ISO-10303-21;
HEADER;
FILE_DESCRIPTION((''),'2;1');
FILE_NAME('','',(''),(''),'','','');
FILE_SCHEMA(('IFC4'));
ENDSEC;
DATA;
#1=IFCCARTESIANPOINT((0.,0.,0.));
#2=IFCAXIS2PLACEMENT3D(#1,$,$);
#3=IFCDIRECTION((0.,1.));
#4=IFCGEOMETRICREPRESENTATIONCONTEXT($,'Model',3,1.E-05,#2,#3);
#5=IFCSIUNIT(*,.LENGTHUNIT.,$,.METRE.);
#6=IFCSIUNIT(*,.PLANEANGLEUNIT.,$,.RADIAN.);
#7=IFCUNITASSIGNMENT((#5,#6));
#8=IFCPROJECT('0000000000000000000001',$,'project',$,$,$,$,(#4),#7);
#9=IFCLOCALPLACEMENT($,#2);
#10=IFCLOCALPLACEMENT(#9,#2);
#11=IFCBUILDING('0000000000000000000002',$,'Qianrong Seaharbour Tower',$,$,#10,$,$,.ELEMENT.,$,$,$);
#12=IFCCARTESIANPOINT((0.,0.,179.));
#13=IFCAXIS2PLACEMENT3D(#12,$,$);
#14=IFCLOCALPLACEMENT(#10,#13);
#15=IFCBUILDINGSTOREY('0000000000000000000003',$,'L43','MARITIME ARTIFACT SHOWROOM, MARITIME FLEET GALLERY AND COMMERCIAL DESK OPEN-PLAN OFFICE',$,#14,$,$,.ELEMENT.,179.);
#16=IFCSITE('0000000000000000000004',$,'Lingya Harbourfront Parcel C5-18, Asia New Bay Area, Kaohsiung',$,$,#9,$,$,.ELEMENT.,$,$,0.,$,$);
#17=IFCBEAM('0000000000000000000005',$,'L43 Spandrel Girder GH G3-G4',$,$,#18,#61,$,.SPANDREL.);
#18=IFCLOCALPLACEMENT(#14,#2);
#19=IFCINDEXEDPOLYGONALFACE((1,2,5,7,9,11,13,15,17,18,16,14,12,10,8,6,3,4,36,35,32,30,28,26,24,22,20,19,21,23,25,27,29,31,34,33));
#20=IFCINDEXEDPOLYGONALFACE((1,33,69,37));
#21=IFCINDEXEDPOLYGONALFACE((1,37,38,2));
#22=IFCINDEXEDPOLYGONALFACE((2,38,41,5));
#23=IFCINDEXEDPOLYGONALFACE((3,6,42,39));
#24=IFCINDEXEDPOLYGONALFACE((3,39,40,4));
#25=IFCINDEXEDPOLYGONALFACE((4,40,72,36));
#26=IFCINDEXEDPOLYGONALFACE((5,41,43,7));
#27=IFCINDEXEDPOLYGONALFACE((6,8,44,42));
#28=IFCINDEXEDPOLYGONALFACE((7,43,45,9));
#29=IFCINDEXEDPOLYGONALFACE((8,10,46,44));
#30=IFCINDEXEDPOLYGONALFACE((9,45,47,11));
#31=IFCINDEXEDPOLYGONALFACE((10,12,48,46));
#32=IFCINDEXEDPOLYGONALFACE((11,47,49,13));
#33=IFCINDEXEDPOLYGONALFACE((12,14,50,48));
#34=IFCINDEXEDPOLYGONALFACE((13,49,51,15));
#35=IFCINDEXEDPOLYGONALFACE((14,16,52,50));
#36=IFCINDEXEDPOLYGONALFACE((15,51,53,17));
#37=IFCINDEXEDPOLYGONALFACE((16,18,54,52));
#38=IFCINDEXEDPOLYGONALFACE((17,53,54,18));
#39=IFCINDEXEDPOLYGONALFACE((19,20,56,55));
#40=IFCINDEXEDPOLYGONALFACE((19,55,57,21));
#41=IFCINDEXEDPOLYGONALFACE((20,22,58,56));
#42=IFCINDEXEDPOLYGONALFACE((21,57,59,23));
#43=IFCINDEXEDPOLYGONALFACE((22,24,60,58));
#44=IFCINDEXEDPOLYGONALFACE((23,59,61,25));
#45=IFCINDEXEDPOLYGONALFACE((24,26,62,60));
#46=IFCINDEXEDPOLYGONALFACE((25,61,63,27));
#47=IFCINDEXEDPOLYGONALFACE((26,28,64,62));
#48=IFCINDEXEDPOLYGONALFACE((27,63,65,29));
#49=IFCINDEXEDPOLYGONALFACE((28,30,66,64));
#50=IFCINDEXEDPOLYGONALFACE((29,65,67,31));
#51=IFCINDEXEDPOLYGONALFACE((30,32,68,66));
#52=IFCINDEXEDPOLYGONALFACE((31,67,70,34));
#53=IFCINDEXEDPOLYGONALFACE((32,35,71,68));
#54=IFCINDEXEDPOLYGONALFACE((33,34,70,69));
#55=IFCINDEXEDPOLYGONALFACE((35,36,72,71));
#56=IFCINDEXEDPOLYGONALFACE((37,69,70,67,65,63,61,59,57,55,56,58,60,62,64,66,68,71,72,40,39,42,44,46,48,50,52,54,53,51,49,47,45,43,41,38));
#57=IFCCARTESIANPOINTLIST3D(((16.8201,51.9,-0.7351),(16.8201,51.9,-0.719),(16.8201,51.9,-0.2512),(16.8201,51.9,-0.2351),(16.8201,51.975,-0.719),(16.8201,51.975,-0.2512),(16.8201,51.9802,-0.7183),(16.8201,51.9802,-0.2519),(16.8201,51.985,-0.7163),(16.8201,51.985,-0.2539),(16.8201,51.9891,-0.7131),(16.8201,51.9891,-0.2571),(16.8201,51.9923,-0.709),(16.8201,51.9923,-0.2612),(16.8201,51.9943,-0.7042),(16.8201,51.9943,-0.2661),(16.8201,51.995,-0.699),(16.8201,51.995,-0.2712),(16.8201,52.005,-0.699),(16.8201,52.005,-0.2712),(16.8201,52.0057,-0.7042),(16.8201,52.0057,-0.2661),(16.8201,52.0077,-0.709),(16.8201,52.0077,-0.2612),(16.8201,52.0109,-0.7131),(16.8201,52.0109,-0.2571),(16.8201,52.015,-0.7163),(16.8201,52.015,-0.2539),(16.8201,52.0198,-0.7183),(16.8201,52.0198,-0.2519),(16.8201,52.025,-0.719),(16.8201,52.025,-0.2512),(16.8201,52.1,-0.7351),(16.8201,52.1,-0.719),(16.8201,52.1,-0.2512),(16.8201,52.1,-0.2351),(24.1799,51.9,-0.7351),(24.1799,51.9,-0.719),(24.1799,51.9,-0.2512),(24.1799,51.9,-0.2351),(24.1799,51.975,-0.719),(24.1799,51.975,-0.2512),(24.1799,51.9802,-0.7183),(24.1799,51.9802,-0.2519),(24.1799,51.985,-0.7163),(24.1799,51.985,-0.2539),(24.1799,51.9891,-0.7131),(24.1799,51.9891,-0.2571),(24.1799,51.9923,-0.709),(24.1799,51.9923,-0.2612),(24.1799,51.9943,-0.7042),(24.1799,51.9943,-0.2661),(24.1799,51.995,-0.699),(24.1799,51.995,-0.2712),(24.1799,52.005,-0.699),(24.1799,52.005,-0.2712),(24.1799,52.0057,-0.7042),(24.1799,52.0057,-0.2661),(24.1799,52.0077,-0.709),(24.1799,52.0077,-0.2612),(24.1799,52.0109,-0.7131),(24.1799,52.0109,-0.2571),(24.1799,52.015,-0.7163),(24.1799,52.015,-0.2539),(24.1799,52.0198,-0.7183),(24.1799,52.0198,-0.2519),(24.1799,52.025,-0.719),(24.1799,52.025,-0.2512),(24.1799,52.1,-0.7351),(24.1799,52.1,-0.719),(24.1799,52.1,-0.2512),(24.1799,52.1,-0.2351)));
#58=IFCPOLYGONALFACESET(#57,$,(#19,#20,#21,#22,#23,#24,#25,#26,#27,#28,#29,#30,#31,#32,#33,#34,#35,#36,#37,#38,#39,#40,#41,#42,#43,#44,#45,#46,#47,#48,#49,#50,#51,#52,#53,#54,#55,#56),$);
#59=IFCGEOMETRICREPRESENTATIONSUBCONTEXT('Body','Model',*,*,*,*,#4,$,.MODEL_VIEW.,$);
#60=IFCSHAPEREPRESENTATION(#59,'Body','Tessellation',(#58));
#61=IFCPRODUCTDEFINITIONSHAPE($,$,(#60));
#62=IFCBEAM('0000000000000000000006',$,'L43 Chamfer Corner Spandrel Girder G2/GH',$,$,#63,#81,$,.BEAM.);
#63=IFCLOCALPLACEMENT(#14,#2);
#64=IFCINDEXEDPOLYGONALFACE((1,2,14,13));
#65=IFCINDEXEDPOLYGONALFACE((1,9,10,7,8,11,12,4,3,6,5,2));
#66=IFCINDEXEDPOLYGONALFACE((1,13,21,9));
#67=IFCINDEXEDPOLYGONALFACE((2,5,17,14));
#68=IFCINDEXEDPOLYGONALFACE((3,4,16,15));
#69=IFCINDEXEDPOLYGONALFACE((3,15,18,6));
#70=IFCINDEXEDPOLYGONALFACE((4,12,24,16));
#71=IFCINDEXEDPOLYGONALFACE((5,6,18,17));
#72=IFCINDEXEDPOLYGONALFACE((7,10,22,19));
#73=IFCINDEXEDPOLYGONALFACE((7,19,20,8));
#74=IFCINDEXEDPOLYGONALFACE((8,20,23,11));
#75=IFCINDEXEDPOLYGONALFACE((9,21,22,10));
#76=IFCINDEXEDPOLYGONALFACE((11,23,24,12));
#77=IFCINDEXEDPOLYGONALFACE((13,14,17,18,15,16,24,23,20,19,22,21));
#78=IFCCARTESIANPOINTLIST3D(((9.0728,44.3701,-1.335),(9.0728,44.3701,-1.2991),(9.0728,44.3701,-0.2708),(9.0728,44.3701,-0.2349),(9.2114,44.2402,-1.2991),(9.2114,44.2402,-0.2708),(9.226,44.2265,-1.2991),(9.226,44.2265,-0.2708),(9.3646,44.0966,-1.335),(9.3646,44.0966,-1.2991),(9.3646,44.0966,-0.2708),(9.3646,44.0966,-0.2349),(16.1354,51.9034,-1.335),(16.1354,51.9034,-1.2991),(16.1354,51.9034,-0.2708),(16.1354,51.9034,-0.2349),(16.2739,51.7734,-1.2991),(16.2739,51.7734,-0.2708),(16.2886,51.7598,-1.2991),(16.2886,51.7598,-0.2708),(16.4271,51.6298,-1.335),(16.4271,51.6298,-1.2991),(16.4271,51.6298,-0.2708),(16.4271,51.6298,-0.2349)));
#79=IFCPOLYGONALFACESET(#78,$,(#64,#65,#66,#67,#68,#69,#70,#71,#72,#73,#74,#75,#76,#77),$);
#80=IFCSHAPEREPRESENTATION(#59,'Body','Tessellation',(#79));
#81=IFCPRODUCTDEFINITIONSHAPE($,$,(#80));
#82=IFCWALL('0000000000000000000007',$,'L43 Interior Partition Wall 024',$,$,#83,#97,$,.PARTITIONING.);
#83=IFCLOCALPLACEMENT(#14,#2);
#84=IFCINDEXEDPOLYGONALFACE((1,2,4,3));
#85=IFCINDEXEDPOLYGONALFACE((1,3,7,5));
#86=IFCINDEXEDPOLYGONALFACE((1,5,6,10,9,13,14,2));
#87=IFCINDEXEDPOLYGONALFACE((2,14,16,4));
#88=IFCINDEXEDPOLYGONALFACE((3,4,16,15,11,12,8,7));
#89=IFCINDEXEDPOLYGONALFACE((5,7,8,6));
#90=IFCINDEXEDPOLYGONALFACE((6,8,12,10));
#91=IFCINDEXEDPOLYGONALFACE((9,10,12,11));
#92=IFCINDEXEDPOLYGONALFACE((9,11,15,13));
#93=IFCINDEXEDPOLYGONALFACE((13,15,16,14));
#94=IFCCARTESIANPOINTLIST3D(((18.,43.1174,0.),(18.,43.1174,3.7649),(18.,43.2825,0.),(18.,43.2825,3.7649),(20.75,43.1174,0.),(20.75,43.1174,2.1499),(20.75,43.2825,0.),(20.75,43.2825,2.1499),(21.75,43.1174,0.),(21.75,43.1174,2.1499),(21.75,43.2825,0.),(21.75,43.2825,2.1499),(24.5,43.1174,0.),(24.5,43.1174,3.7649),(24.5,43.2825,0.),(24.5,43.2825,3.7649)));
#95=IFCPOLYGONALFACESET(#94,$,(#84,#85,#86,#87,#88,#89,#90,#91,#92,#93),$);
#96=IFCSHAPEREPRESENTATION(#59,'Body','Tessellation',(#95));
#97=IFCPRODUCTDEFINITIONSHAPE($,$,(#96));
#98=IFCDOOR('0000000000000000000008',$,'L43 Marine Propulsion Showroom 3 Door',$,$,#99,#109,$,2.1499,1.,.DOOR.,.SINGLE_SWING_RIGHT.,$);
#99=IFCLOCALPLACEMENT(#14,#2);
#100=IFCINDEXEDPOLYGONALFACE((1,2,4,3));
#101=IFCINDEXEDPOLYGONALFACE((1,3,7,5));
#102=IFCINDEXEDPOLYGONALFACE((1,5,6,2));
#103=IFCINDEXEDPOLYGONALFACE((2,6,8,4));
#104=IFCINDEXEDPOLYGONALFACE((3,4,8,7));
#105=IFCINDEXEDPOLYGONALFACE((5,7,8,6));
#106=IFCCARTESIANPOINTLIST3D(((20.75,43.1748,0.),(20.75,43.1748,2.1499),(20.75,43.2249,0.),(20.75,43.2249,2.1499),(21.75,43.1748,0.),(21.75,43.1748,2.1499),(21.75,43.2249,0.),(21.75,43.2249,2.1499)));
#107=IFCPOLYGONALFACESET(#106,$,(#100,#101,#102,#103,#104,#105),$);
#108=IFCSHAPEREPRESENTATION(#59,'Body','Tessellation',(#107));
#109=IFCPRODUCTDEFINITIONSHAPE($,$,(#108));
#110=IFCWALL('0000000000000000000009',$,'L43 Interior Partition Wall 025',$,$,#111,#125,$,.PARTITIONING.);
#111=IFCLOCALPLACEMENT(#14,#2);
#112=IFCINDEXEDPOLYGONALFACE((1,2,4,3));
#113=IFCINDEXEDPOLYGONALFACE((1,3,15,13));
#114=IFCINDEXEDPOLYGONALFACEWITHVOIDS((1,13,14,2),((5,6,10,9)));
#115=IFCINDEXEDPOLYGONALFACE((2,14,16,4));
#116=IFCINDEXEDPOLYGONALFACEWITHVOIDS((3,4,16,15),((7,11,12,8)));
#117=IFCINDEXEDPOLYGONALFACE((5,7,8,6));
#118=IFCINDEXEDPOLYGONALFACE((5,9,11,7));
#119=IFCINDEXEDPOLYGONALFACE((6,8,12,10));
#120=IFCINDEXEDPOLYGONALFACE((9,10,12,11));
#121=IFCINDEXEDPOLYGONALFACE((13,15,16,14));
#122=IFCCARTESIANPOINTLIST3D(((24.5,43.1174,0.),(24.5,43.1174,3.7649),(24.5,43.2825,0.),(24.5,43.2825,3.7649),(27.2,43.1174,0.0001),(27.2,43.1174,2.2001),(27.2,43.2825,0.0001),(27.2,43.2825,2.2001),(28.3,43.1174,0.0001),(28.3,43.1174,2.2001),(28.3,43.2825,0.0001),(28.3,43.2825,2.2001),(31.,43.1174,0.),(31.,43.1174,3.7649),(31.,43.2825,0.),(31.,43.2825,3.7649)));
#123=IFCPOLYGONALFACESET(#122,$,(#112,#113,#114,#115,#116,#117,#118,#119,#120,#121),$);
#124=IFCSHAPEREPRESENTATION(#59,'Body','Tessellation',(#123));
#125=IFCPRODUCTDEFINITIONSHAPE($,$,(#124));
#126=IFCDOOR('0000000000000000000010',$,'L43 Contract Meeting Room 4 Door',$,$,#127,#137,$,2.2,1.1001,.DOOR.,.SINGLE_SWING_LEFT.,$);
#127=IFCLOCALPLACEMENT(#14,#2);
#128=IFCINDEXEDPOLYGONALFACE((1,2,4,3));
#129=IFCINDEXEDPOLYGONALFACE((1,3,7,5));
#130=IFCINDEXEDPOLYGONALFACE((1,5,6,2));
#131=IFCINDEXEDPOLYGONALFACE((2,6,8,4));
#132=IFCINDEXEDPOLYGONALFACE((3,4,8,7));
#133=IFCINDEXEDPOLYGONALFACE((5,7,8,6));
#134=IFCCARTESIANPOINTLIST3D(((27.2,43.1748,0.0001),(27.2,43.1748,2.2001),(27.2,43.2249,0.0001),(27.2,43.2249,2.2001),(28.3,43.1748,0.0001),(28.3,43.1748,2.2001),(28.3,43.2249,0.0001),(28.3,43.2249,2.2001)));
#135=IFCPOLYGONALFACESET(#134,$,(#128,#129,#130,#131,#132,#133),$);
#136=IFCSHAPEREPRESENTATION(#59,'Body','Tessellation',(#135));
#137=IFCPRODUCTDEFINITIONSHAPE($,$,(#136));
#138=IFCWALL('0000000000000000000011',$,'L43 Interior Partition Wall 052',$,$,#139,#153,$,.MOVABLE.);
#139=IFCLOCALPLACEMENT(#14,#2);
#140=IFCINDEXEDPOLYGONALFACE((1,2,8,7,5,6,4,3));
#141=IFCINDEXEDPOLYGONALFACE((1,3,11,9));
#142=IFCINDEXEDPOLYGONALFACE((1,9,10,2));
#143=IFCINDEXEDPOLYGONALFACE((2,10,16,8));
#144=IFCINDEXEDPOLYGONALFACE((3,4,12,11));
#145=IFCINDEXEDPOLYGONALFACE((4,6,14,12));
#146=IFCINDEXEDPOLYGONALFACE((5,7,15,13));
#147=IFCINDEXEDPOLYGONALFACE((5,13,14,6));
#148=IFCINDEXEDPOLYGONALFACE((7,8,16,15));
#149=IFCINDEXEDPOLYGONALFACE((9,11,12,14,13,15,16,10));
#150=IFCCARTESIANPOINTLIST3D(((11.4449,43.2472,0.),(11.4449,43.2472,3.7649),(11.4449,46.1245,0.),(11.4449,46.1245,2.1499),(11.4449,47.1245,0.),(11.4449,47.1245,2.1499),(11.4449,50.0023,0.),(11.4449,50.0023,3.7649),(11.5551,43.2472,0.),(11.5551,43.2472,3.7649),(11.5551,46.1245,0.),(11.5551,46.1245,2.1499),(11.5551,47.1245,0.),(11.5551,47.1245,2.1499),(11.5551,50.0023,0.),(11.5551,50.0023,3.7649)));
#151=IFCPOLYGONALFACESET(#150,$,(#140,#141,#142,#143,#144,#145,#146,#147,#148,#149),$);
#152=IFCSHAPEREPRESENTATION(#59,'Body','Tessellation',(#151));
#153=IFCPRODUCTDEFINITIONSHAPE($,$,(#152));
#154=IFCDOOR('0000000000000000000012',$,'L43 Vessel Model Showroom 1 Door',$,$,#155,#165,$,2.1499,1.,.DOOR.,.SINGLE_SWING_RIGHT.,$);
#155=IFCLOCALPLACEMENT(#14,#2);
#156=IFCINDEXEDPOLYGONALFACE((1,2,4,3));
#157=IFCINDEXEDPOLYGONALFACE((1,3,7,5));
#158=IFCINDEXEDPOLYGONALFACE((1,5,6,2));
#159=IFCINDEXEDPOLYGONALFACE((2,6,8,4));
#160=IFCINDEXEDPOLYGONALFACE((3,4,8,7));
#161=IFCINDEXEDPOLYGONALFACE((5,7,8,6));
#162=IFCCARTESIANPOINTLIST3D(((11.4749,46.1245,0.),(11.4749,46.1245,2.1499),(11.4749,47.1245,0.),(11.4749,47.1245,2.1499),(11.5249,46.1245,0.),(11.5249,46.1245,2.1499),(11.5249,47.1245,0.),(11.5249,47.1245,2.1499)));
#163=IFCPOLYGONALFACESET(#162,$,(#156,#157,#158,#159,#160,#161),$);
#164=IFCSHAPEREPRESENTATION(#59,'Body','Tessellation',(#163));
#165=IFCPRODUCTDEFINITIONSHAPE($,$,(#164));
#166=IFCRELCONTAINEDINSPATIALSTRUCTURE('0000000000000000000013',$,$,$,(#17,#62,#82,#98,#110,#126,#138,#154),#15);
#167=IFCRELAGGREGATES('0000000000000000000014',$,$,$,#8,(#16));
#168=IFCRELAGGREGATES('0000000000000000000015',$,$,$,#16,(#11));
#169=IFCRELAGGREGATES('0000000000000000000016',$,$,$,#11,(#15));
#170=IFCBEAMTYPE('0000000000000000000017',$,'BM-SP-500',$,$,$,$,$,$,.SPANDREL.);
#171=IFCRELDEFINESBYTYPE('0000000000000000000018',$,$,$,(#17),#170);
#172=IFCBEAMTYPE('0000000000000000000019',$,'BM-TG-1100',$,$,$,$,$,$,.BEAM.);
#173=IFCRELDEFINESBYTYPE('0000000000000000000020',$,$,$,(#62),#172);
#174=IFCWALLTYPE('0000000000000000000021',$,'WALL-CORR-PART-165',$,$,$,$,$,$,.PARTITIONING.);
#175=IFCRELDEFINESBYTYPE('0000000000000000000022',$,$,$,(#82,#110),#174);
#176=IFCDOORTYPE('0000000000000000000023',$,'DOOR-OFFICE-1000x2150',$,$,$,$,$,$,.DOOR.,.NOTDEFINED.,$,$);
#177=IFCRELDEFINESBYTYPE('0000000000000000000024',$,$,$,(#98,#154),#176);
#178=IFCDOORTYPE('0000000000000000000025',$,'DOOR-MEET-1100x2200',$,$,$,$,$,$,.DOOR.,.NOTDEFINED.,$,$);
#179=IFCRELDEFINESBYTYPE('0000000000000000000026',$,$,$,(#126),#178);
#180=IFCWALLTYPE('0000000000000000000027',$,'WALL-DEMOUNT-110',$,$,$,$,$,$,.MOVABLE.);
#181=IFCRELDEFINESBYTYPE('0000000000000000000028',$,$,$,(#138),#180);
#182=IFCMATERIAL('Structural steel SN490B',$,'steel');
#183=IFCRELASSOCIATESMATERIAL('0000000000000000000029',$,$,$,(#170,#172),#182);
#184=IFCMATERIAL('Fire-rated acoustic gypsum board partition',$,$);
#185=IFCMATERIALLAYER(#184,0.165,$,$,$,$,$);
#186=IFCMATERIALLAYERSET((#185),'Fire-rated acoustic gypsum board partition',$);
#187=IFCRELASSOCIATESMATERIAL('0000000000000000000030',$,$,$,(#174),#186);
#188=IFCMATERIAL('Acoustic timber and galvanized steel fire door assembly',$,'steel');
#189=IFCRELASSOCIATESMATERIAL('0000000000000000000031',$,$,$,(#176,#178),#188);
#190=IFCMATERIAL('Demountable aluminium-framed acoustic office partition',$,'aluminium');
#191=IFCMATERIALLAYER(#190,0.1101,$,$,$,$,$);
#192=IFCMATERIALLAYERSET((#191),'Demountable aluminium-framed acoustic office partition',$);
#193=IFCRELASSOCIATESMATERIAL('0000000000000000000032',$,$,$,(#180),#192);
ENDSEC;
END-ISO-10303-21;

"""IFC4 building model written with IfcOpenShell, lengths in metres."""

from ifc_helpers import new_model, si_unit, direction, frame, frame_2d, origin, origin_2d, place, context, subcontext, project, spatial, rectangle, i_section, extrude, material, layer, layer_set, material_profile, profile_set, type_object, element, fill, save


model = new_model("IFC4")

# Units and contexts
model_context = context("Model", 3, precision=1e-05, world=origin(), true_north=direction((0.0, 1.0)))
body_context = subcontext(model_context, "Body", "Model", "MODEL_VIEW")
ifc_project = project(units=[si_unit("LENGTHUNIT", "METRE"), si_unit("PLANEANGLEUNIT", "RADIAN")], contexts=[model_context])

# Site, building, storey
site_placement = place(None, origin())
site = spatial("IfcSite", under=ifc_project, at=site_placement, Name="Lingya Harbourfront Parcel C5-18, Asia New Bay Area, Kaohsiung", CompositionType="ELEMENT", RefElevation=0.0)
building_placement = place(site_placement, origin())
building = spatial("IfcBuilding", under=site, at=building_placement, Name="Qianrong Seaharbour Tower", CompositionType="ELEMENT")
storey_placement = place(building_placement, frame((0.0, 0.0, 179.0)))
storey = spatial("IfcBuildingStorey", under=building, at=storey_placement, Name="L43", Description="MARITIME ARTIFACT SHOWROOM, MARITIME FLEET GALLERY AND COMMERCIAL DESK OPEN-PLAN OFFICE", CompositionType="ELEMENT", Elevation=179.0)

# Shared definitions
ifc_material_1 = material(Name="Structural steel SN490B", Category="steel")

# Beams
ifc_material_profile_1 = material_profile(ifc_material_1, i_section(OverallWidth=0.2, OverallDepth=0.5, WebThickness=0.01, FlangeThickness=0.0161, FilletRadius=0.02, at=origin_2d()), Name="H500x200x10x16")
ifc_profile_set_1 = profile_set([ifc_material_profile_1], Name="Structural steel SN490B")
beam_type_1 = type_object("IfcBeamType", Name="BM-SP-500", PredefinedType="SPANDREL", material=ifc_profile_set_1)
beam_1_placement = place(storey_placement, frame((16.8201, 52.0, -0.4851), z_axis=(1.0, 0.0, 0.0), x_axis=(0.0, 1.0, 0.0)))
element("IfcBeam", 1, at=beam_1_placement, inside=storey, type_object=beam_type_1, Name="L43 Spandrel Girder GH G3-G4", PredefinedType="SPANDREL", context=body_context, shape_type="SweptSolid", body=[
    extrude(i_section(OverallWidth=0.2, OverallDepth=0.5, WebThickness=0.01, FlangeThickness=0.0161, FilletRadius=0.02, at=origin_2d()), origin(), (0.0, 0.0, 1.0), 7.3599),
])
ifc_material_profile_2 = material_profile(ifc_material_1, i_section(OverallWidth=0.3999, OverallDepth=1.1001, WebThickness=0.02, FlangeThickness=0.0359, at=origin_2d()), Name="BH1100x400x20x36")
ifc_profile_set_2 = profile_set([ifc_material_profile_2], Name="Structural steel SN490B")
beam_type_2 = type_object("IfcBeamType", Name="BM-TG-1100", PredefinedType="BEAM", material=ifc_profile_set_2)
beam_2_placement = place(storey_placement, frame((16.2812, 51.7666, -0.7849), z_axis=(-0.683947, -0.729531, 0.0), x_axis=(0.729531, -0.683947, 0.0)))
element("IfcBeam", 2, at=beam_2_placement, inside=storey, type_object=beam_type_2, Name="L43 Chamfer Corner Spandrel Girder G2/GH", PredefinedType="BEAM", context=body_context, shape_type="SweptSolid", body=[
    extrude(i_section(OverallWidth=0.3999, OverallDepth=1.1001, WebThickness=0.02, FlangeThickness=0.0359, at=origin_2d()), origin(), (0.0, 0.0, 1.0), 10.3262),
])

# Walls, openings, doors
ifc_material_2 = material(Name="Fire-rated acoustic gypsum board partition")
ifc_layer_1 = layer(ifc_material_2, 0.165)
ifc_layer_set_1 = layer_set([ifc_layer_1], Name="Fire-rated acoustic gypsum board partition")
wall_type_1 = type_object("IfcWallType", Name="WALL-CORR-PART-165", PredefinedType="PARTITIONING", material=ifc_layer_set_1)
wall_1_placement = place(storey_placement, frame((18.0, 43.2, 0.0), z_axis=(0.0, 0.0, 1.0), x_axis=(1.0, 0.0, 0.0)))
wall_1 = element("IfcWall", 3, at=wall_1_placement, inside=storey, type_object=wall_type_1, Name="L43 Interior Partition Wall 024", PredefinedType="PARTITIONING", context=body_context, shape_type="SweptSolid", body=[
    extrude(rectangle(XDim=6.5, YDim=0.165, at=frame_2d((3.25, 0.0))), origin(), (0.0, 0.0, 1.0), 3.7649),
])
opening_1_placement = place(wall_1_placement, frame((2.75, 0.0, 0.0)))
opening_1 = element("IfcOpeningElement", 4, at=opening_1_placement, cuts=wall_1, PredefinedType="OPENING", context=body_context, shape_type="SweptSolid", body=[
    extrude(rectangle(XDim=1.0, YDim=2.1499, at=frame_2d((0.5, 1.075))), frame((0.0, 0.0925, 0.0), z_axis=(0.0, -1.0, 0.0), x_axis=(1.0, 0.0, 0.0)), (0.0, 0.0, 1.0), 0.1851),
])
ifc_material_3 = material(Name="Acoustic timber and galvanized steel fire door assembly", Category="steel")
door_type_1 = type_object("IfcDoorType", Name="DOOR-OFFICE-1000x2150", OperationType="NOTDEFINED", PredefinedType="DOOR", material=ifc_material_3)
door_1_placement = place(opening_1_placement, origin())
door_1 = element("IfcDoor", 5, at=door_1_placement, inside=storey, type_object=door_type_1, Name="L43 Marine Propulsion Showroom 3 Door", OperationType="SINGLE_SWING_RIGHT", OverallHeight=2.1499, OverallWidth=1.0, PredefinedType="DOOR", context=body_context, shape_type="SweptSolid", body=[
    extrude(rectangle(XDim=1.0, YDim=2.1499, at=frame_2d((0.5, 1.075))), frame((0.0, 0.0249, 0.0), z_axis=(0.0, -1.0, 0.0), x_axis=(1.0, 0.0, 0.0)), (0.0, 0.0, 1.0), 0.05),
])
fill(opening_1, door_1)
wall_2_placement = place(storey_placement, frame((24.5, 43.2, 0.0), z_axis=(0.0, 0.0, 1.0), x_axis=(1.0, 0.0, 0.0)))
wall_2 = element("IfcWall", 6, at=wall_2_placement, inside=storey, type_object=wall_type_1, Name="L43 Interior Partition Wall 025", PredefinedType="PARTITIONING", context=body_context, shape_type="SweptSolid", body=[
    extrude(rectangle(XDim=6.5, YDim=0.165, at=frame_2d((3.25, 0.0))), origin(), (0.0, 0.0, 1.0), 3.7649),
])
opening_2_placement = place(wall_2_placement, frame((2.7, 0.0, 0.0)))
opening_2 = element("IfcOpeningElement", 7, at=opening_2_placement, cuts=wall_2, PredefinedType="OPENING", context=body_context, shape_type="SweptSolid", body=[
    extrude(rectangle(XDim=1.1001, YDim=2.2, at=frame_2d((0.55, 1.1001))), frame((0.0, 0.0925, 0.0), z_axis=(0.0, -1.0, 0.0), x_axis=(1.0, 0.0, 0.0)), (0.0, 0.0, 1.0), 0.1851),
])
door_type_2 = type_object("IfcDoorType", Name="DOOR-MEET-1100x2200", OperationType="NOTDEFINED", PredefinedType="DOOR", material=ifc_material_3)
door_2_placement = place(opening_2_placement, origin())
door_2 = element("IfcDoor", 8, at=door_2_placement, inside=storey, type_object=door_type_2, Name="L43 Contract Meeting Room 4 Door", OperationType="SINGLE_SWING_LEFT", OverallHeight=2.2, OverallWidth=1.1001, PredefinedType="DOOR", context=body_context, shape_type="SweptSolid", body=[
    extrude(rectangle(XDim=1.1001, YDim=2.2, at=frame_2d((0.55, 1.1001))), frame((0.0, 0.0249, 0.0), z_axis=(0.0, -1.0, 0.0), x_axis=(1.0, 0.0, 0.0)), (0.0, 0.0, 1.0), 0.05),
])
fill(opening_2, door_2)
ifc_material_4 = material(Name="Demountable aluminium-framed acoustic office partition", Category="aluminium")
ifc_layer_2 = layer(ifc_material_4, 0.1101)
ifc_layer_set_2 = layer_set([ifc_layer_2], Name="Demountable aluminium-framed acoustic office partition")
wall_type_2 = type_object("IfcWallType", Name="WALL-DEMOUNT-110", PredefinedType="MOVABLE", material=ifc_layer_set_2)
wall_3_placement = place(storey_placement, frame((11.5, 50.0022, 0.0), z_axis=(0.0, 0.0, 1.0), x_axis=(0.0, -1.0, 0.0)))
wall_3 = element("IfcWall", 9, at=wall_3_placement, inside=storey, type_object=wall_type_2, Name="L43 Interior Partition Wall 052", PredefinedType="MOVABLE", context=body_context, shape_type="SweptSolid", body=[
    extrude(rectangle(XDim=6.7551, YDim=0.1101, at=frame_2d((3.3774, 0.0))), origin(), (0.0, 0.0, 1.0), 3.7649),
])
opening_3_placement = place(wall_3_placement, frame((2.8777, 0.0, 0.0)))
opening_3 = element("IfcOpeningElement", 10, at=opening_3_placement, cuts=wall_3, PredefinedType="OPENING", context=body_context, shape_type="SweptSolid", body=[
    extrude(rectangle(XDim=1.0, YDim=2.1499, at=frame_2d((0.5, 1.075))), frame((0.0, 0.0649, 0.0), z_axis=(0.0, -1.0, 0.0), x_axis=(1.0, 0.0, 0.0)), (0.0, 0.0, 1.0), 0.1301),
])
door_3_placement = place(opening_3_placement, origin())
door_3 = element("IfcDoor", 11, at=door_3_placement, inside=storey, type_object=door_type_1, Name="L43 Vessel Model Showroom 1 Door", OperationType="SINGLE_SWING_RIGHT", OverallHeight=2.1499, OverallWidth=1.0, PredefinedType="DOOR", context=body_context, shape_type="SweptSolid", body=[
    extrude(rectangle(XDim=1.0, YDim=2.1499, at=frame_2d((0.5, 1.075))), frame((0.0, 0.0249, 0.0), z_axis=(0.0, -1.0, 0.0), x_axis=(1.0, 0.0, 0.0)), (0.0, 0.0, 1.0), 0.05),
])
fill(opening_3, door_3)

save(model, "model.ifc")
